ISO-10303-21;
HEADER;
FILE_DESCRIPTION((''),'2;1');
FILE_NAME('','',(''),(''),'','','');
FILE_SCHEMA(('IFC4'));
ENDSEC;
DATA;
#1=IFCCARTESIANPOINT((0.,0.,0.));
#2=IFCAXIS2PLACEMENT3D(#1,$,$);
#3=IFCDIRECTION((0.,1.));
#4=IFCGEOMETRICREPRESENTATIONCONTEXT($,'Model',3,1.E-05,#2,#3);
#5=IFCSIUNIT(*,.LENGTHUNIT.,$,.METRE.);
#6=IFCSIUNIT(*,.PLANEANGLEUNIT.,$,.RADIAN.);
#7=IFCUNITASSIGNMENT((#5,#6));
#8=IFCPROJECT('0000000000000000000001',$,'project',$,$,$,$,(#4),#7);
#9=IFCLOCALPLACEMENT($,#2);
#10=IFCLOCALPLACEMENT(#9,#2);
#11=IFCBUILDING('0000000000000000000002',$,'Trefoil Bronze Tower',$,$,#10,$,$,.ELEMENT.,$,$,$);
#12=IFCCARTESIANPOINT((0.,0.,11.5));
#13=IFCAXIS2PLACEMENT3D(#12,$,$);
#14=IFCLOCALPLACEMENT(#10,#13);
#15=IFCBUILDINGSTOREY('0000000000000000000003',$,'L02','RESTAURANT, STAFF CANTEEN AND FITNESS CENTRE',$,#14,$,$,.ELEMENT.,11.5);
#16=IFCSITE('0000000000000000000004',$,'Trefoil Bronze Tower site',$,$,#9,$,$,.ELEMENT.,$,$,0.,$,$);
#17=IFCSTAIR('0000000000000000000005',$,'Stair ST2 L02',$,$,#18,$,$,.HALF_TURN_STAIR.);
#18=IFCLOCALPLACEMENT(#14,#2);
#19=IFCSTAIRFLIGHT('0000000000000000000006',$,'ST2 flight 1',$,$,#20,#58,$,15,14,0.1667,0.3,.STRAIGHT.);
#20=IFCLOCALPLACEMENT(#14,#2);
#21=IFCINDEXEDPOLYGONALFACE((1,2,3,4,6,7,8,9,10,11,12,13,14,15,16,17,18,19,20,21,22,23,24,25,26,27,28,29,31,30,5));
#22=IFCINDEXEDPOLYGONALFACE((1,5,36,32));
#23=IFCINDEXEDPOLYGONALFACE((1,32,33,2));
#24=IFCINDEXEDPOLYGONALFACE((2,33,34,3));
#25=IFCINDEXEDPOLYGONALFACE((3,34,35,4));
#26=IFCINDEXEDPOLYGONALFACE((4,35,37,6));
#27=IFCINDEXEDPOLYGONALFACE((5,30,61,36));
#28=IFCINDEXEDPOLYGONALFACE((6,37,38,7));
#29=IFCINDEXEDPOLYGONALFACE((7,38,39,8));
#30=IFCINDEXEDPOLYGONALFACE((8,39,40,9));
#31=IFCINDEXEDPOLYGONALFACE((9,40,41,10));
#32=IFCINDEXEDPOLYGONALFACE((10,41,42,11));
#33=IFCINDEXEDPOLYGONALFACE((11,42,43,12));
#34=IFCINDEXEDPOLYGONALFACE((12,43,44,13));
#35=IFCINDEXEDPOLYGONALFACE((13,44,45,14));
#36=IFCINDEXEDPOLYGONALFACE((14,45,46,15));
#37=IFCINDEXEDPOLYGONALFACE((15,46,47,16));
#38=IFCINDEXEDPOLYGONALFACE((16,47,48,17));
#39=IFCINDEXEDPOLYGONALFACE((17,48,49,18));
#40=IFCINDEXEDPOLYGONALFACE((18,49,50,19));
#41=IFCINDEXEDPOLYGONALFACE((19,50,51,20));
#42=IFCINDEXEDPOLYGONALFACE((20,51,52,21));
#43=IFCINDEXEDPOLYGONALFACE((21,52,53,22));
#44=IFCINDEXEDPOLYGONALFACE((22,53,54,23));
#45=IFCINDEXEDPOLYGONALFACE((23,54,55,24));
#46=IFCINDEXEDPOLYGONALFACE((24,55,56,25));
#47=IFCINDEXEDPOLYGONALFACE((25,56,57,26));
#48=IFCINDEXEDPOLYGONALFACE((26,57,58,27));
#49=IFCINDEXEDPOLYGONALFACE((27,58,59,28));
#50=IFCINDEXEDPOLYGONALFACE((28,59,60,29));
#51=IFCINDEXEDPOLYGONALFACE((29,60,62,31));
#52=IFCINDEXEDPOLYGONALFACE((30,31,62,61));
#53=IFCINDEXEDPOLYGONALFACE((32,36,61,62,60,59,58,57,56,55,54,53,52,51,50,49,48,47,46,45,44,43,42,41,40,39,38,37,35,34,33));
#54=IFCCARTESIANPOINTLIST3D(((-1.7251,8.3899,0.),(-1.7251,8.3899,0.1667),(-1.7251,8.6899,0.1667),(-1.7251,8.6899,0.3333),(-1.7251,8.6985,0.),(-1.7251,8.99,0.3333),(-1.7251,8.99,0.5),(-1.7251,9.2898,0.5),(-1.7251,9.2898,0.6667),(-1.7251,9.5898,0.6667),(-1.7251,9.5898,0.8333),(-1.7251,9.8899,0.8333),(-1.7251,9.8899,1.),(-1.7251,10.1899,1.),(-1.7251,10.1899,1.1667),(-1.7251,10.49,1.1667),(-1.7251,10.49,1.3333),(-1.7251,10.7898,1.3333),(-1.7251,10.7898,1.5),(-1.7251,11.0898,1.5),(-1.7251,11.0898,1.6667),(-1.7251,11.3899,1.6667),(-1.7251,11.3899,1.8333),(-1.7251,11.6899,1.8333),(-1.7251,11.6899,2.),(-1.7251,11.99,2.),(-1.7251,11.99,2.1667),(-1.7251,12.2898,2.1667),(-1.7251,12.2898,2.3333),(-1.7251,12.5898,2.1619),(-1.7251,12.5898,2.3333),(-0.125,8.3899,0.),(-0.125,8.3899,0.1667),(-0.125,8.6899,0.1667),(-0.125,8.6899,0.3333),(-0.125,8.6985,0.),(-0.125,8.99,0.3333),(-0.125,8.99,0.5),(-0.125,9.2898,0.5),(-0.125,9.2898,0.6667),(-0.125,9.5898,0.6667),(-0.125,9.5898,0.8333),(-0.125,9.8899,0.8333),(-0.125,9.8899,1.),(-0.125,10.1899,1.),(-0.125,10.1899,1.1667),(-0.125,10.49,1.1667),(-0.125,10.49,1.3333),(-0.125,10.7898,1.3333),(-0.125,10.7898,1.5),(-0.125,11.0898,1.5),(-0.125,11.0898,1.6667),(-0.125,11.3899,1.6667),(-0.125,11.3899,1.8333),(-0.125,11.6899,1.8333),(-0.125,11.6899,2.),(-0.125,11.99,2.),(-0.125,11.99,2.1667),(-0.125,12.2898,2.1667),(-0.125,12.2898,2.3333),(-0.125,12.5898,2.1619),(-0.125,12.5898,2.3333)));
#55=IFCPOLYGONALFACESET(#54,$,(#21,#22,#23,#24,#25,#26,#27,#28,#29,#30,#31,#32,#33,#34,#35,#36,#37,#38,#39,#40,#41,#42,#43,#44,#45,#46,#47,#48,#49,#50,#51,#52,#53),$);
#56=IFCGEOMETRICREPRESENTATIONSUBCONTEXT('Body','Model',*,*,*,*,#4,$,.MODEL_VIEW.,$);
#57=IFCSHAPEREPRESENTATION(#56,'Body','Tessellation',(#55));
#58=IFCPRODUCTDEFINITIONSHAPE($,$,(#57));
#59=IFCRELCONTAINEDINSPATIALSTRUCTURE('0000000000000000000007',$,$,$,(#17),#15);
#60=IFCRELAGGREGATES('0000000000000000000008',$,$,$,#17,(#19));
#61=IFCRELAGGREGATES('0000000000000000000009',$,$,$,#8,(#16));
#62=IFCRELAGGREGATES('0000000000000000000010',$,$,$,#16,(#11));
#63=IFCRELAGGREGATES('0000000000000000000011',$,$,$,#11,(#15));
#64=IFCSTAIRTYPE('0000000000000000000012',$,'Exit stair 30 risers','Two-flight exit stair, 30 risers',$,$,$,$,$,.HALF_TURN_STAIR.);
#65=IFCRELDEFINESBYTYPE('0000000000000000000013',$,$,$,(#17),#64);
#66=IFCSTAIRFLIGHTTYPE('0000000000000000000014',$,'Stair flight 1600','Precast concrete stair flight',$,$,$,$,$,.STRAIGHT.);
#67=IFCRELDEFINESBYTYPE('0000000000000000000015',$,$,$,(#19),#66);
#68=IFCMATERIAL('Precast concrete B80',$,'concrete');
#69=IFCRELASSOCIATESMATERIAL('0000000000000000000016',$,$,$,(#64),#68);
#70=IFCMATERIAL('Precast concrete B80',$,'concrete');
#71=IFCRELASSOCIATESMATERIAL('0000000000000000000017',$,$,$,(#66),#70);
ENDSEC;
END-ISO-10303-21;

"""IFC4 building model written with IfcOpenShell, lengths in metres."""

from ifc_helpers import new_model, si_unit, direction, frame, origin, place, context, subcontext, project, spatial, polyline, outline, extrude, material, type_object, element, aggregate, save


model = new_model("IFC4")

# Units and contexts
model_context = context("Model", 3, precision=1e-05, world=origin(), true_north=direction((0.0, 1.0)))
body_context = subcontext(model_context, "Body", "Model", "MODEL_VIEW")
ifc_project = project(units=[si_unit("LENGTHUNIT", "METRE"), si_unit("PLANEANGLEUNIT", "RADIAN")], contexts=[model_context])

# Site, building, storey
site_placement = place(None, origin())
site = spatial("IfcSite", under=ifc_project, at=site_placement, Name="Trefoil Bronze Tower site", CompositionType="ELEMENT", RefElevation=0.0)
building_placement = place(site_placement, origin())
building = spatial("IfcBuilding", under=site, at=building_placement, Name="Trefoil Bronze Tower", CompositionType="ELEMENT")
storey_placement = place(building_placement, frame((0.0, 0.0, 11.5)))
storey = spatial("IfcBuildingStorey", under=building, at=storey_placement, Name="L02", Description="RESTAURANT, STAFF CANTEEN AND FITNESS CENTRE", CompositionType="ELEMENT", Elevation=11.5)

# Stair, stair flight
ifc_material_1 = material(Name="Precast concrete B80", Category="concrete")
stair_type = type_object("IfcStairType", Name="Exit stair 30 risers", Description="Two-flight exit stair, 30 risers", PredefinedType="HALF_TURN_STAIR", material=ifc_material_1)
stair_placement = place(storey_placement, origin())
stair = element("IfcStair", 1, at=stair_placement, inside=storey, type_object=stair_type, Name="Stair ST2 L02", PredefinedType="HALF_TURN_STAIR")
ifc_material_2 = material(Name="Precast concrete B80", Category="concrete")
stair_flight_type = type_object("IfcStairFlightType", Name="Stair flight 1600", Description="Precast concrete stair flight", PredefinedType="STRAIGHT", material=ifc_material_2)
stair_flight_placement = place(storey_placement, frame((-0.925, 8.3899, 0.0), z_axis=(0.0, 0.0, 1.0), x_axis=(0.0, 1.0, 0.0)))
stair_flight = element("IfcStairFlight", 2, at=stair_flight_placement, type_object=stair_flight_type, Name="ST2 flight 1", NumberOfRisers=15, NumberOfTreads=14, PredefinedType="STRAIGHT", RiserHeight=0.1667, TreadLength=0.3, context=body_context, shape_type="SweptSolid", body=[
    extrude(outline(polyline([(0.0, 0.0), (0.0, 0.1667), (0.3, 0.1667), (0.3, 0.3333), (0.6001, 0.3333), (0.6001, 0.5), (0.8999, 0.5), (0.8999, 0.6667), (1.2, 0.6667), (1.2, 0.8333), (1.5, 0.8333), (1.5, 1.0), (1.8, 1.0), (1.8, 1.1667), (2.1001, 1.1667), (2.1001, 1.3333), (2.3999, 1.3333), (2.3999, 1.5), (2.7, 1.5), (2.7, 1.6667), (3.0, 1.6667), (3.0, 1.8333), (3.3, 1.8333), (3.3, 2.0), (3.6001, 2.0), (3.6001, 2.1667), (3.8999, 2.1667), (3.8999, 2.3333), (4.2, 2.3333), (4.2, 2.5), (4.2, 2.1619), (0.3086, 0.0), (0.0, 0.0)])), frame((0.0, 0.8, 0.0), z_axis=(0.0, -1.0, 0.0), x_axis=(1.0, 0.0, 0.0)), (0.0, 0.0, 1.0), 1.6001),
])
aggregate(stair, [stair_flight])

save(model, "model.ifc")
